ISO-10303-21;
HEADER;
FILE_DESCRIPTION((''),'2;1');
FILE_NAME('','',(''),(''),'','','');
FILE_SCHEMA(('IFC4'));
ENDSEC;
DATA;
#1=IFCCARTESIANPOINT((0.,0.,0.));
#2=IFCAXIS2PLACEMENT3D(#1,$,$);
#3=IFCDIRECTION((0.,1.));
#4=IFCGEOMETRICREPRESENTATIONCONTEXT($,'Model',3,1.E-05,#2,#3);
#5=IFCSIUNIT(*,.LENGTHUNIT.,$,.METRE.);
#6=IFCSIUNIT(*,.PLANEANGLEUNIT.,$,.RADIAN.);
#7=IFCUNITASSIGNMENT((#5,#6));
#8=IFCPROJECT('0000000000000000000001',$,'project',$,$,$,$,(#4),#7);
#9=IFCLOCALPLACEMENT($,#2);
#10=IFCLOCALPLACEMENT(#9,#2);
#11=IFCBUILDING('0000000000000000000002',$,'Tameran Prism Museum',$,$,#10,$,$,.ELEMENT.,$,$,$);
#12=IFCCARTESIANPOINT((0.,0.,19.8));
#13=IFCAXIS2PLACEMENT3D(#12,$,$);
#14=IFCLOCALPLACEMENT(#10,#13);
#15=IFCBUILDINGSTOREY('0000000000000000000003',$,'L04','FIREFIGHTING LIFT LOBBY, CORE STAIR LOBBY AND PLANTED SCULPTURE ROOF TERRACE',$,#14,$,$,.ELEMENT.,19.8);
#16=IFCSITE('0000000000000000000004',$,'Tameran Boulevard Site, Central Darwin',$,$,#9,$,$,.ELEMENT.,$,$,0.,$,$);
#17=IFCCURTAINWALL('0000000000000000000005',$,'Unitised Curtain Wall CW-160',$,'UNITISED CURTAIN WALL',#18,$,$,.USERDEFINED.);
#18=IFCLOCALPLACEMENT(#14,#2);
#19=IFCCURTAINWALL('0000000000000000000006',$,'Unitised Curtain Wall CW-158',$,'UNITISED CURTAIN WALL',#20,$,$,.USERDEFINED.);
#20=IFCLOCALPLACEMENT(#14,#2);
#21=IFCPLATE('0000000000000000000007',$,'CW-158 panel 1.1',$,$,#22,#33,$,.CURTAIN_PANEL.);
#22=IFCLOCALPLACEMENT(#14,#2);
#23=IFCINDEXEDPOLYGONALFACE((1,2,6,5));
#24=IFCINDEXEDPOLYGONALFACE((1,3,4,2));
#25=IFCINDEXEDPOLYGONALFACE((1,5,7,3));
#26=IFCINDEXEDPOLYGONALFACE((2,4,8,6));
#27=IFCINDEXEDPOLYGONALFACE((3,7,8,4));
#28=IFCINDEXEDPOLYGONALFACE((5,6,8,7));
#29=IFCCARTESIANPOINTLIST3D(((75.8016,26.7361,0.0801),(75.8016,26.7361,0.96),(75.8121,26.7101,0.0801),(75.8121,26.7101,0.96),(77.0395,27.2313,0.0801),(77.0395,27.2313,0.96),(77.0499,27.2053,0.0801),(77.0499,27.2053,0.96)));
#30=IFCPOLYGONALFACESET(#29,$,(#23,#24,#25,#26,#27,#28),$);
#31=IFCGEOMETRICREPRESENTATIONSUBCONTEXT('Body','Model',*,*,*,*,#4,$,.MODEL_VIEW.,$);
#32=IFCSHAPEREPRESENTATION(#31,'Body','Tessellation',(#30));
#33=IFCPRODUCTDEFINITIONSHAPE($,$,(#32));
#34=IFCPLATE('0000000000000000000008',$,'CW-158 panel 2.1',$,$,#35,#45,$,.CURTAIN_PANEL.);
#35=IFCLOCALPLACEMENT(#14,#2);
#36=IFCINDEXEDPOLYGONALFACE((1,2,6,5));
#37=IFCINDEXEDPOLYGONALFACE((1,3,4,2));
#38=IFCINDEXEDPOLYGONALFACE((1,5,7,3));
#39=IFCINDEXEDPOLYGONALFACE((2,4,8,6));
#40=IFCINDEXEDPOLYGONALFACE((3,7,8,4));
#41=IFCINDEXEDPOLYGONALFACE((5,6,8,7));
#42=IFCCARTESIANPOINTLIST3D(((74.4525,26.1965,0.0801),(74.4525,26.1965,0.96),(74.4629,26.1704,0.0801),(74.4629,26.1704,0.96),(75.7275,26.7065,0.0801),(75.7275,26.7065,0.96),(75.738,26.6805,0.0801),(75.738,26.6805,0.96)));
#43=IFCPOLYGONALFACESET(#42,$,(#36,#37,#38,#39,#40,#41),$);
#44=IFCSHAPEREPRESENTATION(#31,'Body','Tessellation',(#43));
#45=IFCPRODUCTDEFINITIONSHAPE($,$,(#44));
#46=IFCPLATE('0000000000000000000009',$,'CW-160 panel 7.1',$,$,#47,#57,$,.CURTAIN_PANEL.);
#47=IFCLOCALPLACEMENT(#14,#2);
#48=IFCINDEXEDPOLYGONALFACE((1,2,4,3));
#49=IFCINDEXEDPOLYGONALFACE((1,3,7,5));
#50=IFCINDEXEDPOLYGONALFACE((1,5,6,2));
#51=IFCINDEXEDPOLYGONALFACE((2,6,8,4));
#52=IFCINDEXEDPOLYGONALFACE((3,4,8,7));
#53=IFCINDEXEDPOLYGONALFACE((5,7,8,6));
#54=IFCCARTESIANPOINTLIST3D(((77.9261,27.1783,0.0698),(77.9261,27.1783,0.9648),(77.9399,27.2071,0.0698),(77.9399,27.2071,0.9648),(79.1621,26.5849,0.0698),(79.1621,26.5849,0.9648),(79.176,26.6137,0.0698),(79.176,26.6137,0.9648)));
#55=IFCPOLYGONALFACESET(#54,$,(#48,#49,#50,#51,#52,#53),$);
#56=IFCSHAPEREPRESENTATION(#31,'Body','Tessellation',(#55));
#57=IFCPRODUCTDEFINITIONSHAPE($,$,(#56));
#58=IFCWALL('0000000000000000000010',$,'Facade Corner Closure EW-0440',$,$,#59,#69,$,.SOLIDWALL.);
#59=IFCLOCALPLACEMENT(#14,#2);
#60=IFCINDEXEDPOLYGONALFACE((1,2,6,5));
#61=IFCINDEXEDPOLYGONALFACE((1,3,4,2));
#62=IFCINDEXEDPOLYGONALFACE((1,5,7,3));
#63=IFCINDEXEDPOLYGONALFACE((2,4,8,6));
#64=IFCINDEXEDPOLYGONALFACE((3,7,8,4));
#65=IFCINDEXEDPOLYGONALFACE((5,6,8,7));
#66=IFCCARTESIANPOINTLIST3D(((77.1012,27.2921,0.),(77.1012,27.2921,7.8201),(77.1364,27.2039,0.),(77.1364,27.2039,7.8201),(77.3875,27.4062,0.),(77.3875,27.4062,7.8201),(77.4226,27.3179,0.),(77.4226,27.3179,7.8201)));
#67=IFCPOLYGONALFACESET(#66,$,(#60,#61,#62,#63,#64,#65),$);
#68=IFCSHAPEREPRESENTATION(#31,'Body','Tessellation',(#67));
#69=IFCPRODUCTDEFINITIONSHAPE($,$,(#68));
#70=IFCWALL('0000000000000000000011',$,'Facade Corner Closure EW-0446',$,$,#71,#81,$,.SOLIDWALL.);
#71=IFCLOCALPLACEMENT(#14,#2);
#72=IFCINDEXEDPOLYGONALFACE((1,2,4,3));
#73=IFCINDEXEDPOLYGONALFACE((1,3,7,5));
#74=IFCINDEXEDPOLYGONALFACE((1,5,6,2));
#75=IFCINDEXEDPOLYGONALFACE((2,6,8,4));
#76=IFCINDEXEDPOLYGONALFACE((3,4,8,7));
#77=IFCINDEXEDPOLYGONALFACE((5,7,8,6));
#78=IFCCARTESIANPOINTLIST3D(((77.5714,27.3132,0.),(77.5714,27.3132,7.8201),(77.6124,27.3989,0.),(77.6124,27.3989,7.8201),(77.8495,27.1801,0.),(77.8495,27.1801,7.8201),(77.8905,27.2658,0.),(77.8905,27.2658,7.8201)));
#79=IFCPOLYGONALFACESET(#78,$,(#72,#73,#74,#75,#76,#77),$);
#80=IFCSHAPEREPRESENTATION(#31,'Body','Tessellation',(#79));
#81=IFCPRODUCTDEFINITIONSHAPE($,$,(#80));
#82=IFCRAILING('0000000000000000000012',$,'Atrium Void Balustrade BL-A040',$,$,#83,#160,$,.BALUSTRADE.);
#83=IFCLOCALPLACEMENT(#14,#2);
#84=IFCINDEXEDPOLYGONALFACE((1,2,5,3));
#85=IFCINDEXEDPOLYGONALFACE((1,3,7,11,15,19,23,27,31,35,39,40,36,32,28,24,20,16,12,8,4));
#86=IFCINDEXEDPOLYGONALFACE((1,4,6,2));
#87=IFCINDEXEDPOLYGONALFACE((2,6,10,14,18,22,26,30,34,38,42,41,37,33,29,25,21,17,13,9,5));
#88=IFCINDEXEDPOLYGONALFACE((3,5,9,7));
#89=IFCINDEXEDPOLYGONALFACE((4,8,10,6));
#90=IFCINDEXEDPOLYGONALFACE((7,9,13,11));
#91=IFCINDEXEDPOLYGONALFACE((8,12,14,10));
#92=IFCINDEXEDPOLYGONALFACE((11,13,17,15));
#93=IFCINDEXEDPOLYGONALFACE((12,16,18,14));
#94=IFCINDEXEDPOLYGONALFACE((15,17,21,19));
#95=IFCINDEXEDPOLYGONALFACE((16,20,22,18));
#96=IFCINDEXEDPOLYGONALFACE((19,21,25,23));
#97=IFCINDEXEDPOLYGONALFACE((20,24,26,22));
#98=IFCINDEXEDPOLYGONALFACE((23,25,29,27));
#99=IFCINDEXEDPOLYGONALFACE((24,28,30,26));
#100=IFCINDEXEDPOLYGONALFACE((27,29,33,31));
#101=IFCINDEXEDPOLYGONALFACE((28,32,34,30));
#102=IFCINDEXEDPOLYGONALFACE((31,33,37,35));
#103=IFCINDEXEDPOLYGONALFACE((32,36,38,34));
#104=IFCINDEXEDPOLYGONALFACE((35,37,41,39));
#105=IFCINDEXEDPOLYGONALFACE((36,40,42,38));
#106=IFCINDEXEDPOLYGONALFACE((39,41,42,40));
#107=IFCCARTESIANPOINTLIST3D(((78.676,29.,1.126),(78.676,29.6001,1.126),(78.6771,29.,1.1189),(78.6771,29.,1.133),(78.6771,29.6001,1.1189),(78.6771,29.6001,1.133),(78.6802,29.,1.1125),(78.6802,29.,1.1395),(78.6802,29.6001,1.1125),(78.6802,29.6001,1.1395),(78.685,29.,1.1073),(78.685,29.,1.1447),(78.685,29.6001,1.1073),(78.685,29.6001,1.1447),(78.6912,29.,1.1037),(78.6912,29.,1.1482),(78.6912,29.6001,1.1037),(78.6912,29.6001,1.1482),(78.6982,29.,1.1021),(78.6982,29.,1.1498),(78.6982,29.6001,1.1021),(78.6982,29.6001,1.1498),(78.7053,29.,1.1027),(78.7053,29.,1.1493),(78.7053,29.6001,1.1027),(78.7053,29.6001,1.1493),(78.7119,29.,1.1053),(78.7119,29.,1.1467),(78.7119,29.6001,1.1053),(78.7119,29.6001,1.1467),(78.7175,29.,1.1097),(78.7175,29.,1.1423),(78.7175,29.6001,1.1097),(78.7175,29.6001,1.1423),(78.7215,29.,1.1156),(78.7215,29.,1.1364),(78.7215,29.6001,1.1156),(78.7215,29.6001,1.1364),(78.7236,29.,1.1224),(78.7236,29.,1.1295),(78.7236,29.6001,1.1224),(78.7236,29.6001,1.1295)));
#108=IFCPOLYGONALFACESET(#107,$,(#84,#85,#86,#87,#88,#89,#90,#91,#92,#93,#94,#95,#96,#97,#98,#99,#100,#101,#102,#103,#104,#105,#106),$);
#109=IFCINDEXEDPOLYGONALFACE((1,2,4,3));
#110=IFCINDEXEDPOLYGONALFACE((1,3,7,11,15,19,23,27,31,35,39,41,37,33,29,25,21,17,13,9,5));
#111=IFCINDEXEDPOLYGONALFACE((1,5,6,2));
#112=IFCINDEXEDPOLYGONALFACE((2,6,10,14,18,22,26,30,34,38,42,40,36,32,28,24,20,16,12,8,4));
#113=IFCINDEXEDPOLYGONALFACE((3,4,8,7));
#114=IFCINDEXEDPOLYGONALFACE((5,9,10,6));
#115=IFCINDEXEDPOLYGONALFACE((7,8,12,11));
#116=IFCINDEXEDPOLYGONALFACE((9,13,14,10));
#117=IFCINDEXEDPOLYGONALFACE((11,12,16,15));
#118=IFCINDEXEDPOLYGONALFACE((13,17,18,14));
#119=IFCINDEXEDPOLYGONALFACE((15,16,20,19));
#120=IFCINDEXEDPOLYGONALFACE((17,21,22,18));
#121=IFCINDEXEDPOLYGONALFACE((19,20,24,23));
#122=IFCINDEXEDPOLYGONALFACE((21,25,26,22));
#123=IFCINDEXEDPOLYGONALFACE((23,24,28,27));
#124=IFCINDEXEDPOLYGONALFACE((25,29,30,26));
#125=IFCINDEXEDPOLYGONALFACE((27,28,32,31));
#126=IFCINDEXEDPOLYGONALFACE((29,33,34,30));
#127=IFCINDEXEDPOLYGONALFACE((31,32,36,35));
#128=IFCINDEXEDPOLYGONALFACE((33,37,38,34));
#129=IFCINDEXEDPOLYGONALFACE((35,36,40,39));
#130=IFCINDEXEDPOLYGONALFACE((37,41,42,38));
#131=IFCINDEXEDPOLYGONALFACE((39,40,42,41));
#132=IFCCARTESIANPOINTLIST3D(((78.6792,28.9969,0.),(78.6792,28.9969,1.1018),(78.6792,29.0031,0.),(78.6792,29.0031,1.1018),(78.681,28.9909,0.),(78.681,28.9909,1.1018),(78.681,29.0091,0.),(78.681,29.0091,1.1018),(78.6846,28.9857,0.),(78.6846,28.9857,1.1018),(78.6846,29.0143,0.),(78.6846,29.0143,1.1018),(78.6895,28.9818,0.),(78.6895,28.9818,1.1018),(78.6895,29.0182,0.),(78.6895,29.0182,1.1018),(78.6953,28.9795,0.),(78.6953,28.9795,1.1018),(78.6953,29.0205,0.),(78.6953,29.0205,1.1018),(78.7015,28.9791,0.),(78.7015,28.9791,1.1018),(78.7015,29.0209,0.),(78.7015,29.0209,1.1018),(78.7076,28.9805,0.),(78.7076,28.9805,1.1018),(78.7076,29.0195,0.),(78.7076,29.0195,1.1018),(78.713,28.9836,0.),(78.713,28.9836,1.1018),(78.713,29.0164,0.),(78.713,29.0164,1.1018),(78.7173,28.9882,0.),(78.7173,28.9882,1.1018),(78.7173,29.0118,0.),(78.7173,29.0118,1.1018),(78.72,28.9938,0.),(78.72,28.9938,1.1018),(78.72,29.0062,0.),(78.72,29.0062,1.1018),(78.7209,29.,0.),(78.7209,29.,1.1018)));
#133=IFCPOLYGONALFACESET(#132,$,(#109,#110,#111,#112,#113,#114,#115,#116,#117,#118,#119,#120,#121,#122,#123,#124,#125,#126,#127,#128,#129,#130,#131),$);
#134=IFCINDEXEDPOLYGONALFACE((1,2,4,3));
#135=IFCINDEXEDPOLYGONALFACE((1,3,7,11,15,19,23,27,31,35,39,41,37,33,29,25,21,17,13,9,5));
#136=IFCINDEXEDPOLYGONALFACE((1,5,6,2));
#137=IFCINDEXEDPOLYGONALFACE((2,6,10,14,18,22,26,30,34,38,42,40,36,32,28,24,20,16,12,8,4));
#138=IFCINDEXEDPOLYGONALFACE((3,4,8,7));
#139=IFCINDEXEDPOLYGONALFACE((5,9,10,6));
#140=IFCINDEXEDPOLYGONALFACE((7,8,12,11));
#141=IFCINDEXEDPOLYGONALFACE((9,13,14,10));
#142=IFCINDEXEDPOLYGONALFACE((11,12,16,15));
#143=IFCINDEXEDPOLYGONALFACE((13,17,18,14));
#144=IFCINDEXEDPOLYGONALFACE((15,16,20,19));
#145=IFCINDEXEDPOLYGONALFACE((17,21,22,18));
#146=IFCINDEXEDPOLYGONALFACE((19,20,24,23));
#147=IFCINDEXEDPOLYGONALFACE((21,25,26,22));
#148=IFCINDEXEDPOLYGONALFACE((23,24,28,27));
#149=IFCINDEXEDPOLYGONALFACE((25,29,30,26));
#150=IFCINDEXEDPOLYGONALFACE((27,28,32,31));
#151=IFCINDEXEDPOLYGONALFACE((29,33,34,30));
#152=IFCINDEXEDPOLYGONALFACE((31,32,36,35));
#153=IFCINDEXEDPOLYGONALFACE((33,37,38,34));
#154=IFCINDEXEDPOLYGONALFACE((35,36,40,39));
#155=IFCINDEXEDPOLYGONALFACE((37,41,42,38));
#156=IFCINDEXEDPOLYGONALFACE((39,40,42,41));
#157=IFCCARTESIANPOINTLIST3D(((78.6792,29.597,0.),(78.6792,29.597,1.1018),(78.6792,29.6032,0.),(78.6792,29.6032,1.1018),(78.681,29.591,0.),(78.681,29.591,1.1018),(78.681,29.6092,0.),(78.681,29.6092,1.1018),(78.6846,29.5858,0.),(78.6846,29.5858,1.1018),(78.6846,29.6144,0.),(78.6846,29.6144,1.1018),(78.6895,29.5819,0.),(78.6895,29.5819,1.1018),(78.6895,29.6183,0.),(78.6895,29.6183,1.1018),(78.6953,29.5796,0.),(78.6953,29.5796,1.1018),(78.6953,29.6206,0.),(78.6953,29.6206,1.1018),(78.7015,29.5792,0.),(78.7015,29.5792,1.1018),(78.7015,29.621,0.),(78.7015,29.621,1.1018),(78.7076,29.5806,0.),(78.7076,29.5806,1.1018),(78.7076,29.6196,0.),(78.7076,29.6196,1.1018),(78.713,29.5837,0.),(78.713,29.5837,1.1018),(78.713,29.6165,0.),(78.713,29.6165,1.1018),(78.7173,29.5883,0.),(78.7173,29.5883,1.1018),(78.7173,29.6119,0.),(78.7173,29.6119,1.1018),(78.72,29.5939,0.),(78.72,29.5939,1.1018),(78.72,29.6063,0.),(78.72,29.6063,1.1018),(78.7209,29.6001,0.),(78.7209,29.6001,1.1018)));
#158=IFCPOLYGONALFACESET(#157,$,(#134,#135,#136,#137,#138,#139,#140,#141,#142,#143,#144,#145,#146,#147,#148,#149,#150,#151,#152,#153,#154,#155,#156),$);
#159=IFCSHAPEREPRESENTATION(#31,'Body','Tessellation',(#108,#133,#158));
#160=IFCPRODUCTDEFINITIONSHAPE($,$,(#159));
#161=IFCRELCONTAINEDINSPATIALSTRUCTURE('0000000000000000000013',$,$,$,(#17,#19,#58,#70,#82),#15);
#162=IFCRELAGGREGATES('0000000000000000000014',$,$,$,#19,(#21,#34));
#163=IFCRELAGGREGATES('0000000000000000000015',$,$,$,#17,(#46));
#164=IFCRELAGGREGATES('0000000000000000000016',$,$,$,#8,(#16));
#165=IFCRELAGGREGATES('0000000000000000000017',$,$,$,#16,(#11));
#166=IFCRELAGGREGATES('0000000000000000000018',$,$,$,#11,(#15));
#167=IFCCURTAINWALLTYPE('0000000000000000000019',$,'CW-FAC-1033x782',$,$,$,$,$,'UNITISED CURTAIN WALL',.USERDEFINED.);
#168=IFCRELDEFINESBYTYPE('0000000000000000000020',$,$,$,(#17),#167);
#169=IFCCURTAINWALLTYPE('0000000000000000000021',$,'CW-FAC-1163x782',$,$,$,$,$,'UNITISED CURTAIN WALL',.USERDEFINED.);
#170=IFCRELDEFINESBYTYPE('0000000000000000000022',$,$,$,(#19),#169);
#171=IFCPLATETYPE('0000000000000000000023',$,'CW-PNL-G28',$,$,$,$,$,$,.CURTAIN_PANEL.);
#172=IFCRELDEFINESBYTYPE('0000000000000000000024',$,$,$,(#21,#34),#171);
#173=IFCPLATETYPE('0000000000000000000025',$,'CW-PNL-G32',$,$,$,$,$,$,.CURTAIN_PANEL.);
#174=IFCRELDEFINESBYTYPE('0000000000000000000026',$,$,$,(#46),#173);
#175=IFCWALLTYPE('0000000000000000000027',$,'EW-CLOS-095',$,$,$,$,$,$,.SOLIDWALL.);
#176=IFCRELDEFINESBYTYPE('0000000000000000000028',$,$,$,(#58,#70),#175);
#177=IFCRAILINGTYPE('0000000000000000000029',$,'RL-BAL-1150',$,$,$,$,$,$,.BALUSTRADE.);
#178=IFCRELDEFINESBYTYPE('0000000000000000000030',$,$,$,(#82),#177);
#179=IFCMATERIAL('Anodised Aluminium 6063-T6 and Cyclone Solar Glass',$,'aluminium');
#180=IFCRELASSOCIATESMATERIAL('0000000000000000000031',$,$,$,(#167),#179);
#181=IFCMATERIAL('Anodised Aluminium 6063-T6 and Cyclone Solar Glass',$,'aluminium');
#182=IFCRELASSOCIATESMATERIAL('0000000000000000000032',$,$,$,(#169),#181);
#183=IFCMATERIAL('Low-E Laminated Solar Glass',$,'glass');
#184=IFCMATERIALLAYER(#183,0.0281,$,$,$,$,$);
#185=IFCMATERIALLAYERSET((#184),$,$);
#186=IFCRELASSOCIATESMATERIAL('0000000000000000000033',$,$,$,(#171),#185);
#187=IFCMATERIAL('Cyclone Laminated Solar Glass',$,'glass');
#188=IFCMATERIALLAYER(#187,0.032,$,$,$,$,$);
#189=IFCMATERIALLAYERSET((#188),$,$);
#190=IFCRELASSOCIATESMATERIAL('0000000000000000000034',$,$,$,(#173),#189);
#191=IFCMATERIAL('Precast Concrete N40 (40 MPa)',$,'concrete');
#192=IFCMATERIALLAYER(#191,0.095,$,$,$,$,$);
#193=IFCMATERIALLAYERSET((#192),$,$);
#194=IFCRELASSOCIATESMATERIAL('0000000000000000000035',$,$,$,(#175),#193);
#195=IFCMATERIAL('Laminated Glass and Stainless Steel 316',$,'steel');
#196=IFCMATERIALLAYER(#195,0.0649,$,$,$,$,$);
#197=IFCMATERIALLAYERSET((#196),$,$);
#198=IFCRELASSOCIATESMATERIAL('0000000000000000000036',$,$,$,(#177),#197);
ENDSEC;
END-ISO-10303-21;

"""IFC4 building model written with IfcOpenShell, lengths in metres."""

from ifc_helpers import new_model, si_unit, direction, frame, frame_2d, origin, origin_2d, place, context, subcontext, project, spatial, rectangle, circle, extrude, material, layer, layer_set, type_object, element, aggregate, save


model = new_model("IFC4")

# Units and contexts
model_context = context("Model", 3, precision=1e-05, world=origin(), true_north=direction((0.0, 1.0)))
body_context = subcontext(model_context, "Body", "Model", "MODEL_VIEW")
ifc_project = project(units=[si_unit("LENGTHUNIT", "METRE"), si_unit("PLANEANGLEUNIT", "RADIAN")], contexts=[model_context])

# Site, building, storey
site_placement = place(None, origin())
site = spatial("IfcSite", under=ifc_project, at=site_placement, Name="Tameran Boulevard Site, Central Darwin", CompositionType="ELEMENT", RefElevation=0.0)
building_placement = place(site_placement, origin())
building = spatial("IfcBuilding", under=site, at=building_placement, Name="Tameran Prism Museum", CompositionType="ELEMENT")
storey_placement = place(building_placement, frame((0.0, 0.0, 19.8)))
storey = spatial("IfcBuildingStorey", under=building, at=storey_placement, Name="L04", Description="FIREFIGHTING LIFT LOBBY, CORE STAIR LOBBY AND PLANTED SCULPTURE ROOF TERRACE", CompositionType="ELEMENT", Elevation=19.8)

# Curtain wall
ifc_material_1 = material(Name="Anodised Aluminium 6063-T6 and Cyclone Solar Glass", Category="aluminium")
curtain_wall_type_1 = type_object("IfcCurtainWallType", Name="CW-FAC-1033x782", ElementType="UNITISED CURTAIN WALL", PredefinedType="USERDEFINED", material=ifc_material_1)
curtain_wall_1_placement = place(storey_placement, origin())
curtain_wall_1 = element("IfcCurtainWall", 1, at=curtain_wall_1_placement, inside=storey, type_object=curtain_wall_type_1, Name="Unitised Curtain Wall CW-160", ObjectType="UNITISED CURTAIN WALL", PredefinedType="USERDEFINED")

# Curtain wall
ifc_material_2 = material(Name="Anodised Aluminium 6063-T6 and Cyclone Solar Glass", Category="aluminium")
curtain_wall_type_2 = type_object("IfcCurtainWallType", Name="CW-FAC-1163x782", ElementType="UNITISED CURTAIN WALL", PredefinedType="USERDEFINED", material=ifc_material_2)
curtain_wall_2_placement = place(storey_placement, origin())
curtain_wall_2 = element("IfcCurtainWall", 2, at=curtain_wall_2_placement, inside=storey, type_object=curtain_wall_type_2, Name="Unitised Curtain Wall CW-158", ObjectType="UNITISED CURTAIN WALL", PredefinedType="USERDEFINED")

# Plates
ifc_material_3 = material(Name="Low-E Laminated Solar Glass", Category="glass")
ifc_layer_1 = layer(ifc_material_3, 0.0281)
ifc_layer_set_1 = layer_set([ifc_layer_1])
plate_type_1 = type_object("IfcPlateType", Name="CW-PNL-G28", PredefinedType="CURTAIN_PANEL", material=ifc_layer_set_1)
plate_1_placement = place(storey_placement, frame((76.4258, 26.9707, 0.0801), z_axis=(0.0, 0.0, 1.0), x_axis=(-0.928465, -0.37142, 0.0)))
plate_1 = element("IfcPlate", 3, at=plate_1_placement, type_object=plate_type_1, Name="CW-158 panel 1.1", PredefinedType="CURTAIN_PANEL", context=body_context, shape_type="SweptSolid", body=[
    extrude(rectangle(XDim=1.3333, YDim=0.0281, at=origin_2d()), origin(), (0.0, 0.0, 1.0), 0.8799),
])
plate_2_placement = place(storey_placement, frame((75.0952, 26.4385, 0.0801), z_axis=(0.0, 0.0, 1.0), x_axis=(-0.928465, -0.37142, 0.0)))
plate_2 = element("IfcPlate", 4, at=plate_2_placement, type_object=plate_type_1, Name="CW-158 panel 2.1", PredefinedType="CURTAIN_PANEL", context=body_context, shape_type="SweptSolid", body=[
    extrude(rectangle(XDim=1.3733, YDim=0.0281, at=origin_2d()), origin(), (0.0, 0.0, 1.0), 0.8799),
])
aggregate(curtain_wall_2, [plate_1, plate_2])
ifc_material_4 = material(Name="Cyclone Laminated Solar Glass", Category="glass")
ifc_layer_2 = layer(ifc_material_4, 0.032)
ifc_layer_set_2 = layer_set([ifc_layer_2])
plate_type_2 = type_object("IfcPlateType", Name="CW-PNL-G32", PredefinedType="CURTAIN_PANEL", material=ifc_layer_set_2)
plate_3_placement = place(storey_placement, frame((78.551, 26.896, 0.0698), z_axis=(0.0, 0.0, 1.0), x_axis=(-0.901475, 0.432832, 0.0)))
plate_3 = element("IfcPlate", 5, at=plate_3_placement, type_object=plate_type_2, Name="CW-160 panel 7.1", PredefinedType="CURTAIN_PANEL", context=body_context, shape_type="SweptSolid", body=[
    extrude(rectangle(XDim=1.3711, YDim=0.032, at=origin_2d()), origin(), (0.0, 0.0, 1.0), 0.895),
])
aggregate(curtain_wall_1, [plate_3])

# Walls
ifc_material_5 = material(Name="Precast Concrete N40 (40 MPa)", Category="concrete")
ifc_layer_3 = layer(ifc_material_5, 0.095)
ifc_layer_set_3 = layer_set([ifc_layer_3])
wall_type = type_object("IfcWallType", Name="EW-CLOS-095", PredefinedType="SOLIDWALL", material=ifc_layer_set_3)
wall_1_placement = place(storey_placement, frame((77.405, 27.3621, 0.0), z_axis=(0.0, 0.0, 1.0), x_axis=(-0.928968, -0.37016, 0.0)))
element("IfcWall", 6, at=wall_1_placement, inside=storey, type_object=wall_type, Name="Facade Corner Closure EW-0440", PredefinedType="SOLIDWALL", context=body_context, shape_type="SweptSolid", body=[
    extrude(rectangle(XDim=0.3081, YDim=0.095, at=frame_2d((0.1541, 0.0))), origin(), (0.0, 0.0, 1.0), 7.8201),
])
wall_2_placement = place(storey_placement, frame((77.8701, 27.2229, 0.0), z_axis=(0.0, 0.0, 1.0), x_axis=(-0.902054, 0.431624, 0.0)))
element("IfcWall", 7, at=wall_2_placement, inside=storey, type_object=wall_type, Name="Facade Corner Closure EW-0446", PredefinedType="SOLIDWALL", context=body_context, shape_type="SweptSolid", body=[
    extrude(rectangle(XDim=0.3083, YDim=0.095, at=frame_2d((0.1543, 0.0))), origin(), (0.0, 0.0, 1.0), 7.8201),
])

# Railing
ifc_material_6 = material(Name="Laminated Glass and Stainless Steel 316", Category="steel")
ifc_layer_4 = layer(ifc_material_6, 0.0649)
ifc_layer_set_4 = layer_set([ifc_layer_4])
railing_type = type_object("IfcRailingType", Name="RL-BAL-1150", PredefinedType="BALUSTRADE", material=ifc_layer_set_4)
railing_placement = place(storey_placement, frame((78.7, 29.0, 0.0)))
element("IfcRailing", 8, at=railing_placement, inside=storey, type_object=railing_type, Name="Atrium Void Balustrade BL-A040", PredefinedType="BALUSTRADE", context=body_context, shape_type="SweptSolid", body=[
    extrude(circle(Radius=0.0239, at=origin_2d()), frame((0.0, 0.0, 1.126), z_axis=(0.0, 1.0, 0.0), x_axis=(-1.0, 0.0, 0.0)), (0.0, 0.0, 1.0), 0.6001),
    extrude(circle(Radius=0.021, at=origin_2d()), origin(), (0.0, 0.0, 1.0), 1.1018),
    extrude(circle(Radius=0.021, at=origin_2d()), frame((0.0, 0.6001, 0.0)), (0.0, 0.0, 1.0), 1.1018),
])

save(model, "model.ifc")
